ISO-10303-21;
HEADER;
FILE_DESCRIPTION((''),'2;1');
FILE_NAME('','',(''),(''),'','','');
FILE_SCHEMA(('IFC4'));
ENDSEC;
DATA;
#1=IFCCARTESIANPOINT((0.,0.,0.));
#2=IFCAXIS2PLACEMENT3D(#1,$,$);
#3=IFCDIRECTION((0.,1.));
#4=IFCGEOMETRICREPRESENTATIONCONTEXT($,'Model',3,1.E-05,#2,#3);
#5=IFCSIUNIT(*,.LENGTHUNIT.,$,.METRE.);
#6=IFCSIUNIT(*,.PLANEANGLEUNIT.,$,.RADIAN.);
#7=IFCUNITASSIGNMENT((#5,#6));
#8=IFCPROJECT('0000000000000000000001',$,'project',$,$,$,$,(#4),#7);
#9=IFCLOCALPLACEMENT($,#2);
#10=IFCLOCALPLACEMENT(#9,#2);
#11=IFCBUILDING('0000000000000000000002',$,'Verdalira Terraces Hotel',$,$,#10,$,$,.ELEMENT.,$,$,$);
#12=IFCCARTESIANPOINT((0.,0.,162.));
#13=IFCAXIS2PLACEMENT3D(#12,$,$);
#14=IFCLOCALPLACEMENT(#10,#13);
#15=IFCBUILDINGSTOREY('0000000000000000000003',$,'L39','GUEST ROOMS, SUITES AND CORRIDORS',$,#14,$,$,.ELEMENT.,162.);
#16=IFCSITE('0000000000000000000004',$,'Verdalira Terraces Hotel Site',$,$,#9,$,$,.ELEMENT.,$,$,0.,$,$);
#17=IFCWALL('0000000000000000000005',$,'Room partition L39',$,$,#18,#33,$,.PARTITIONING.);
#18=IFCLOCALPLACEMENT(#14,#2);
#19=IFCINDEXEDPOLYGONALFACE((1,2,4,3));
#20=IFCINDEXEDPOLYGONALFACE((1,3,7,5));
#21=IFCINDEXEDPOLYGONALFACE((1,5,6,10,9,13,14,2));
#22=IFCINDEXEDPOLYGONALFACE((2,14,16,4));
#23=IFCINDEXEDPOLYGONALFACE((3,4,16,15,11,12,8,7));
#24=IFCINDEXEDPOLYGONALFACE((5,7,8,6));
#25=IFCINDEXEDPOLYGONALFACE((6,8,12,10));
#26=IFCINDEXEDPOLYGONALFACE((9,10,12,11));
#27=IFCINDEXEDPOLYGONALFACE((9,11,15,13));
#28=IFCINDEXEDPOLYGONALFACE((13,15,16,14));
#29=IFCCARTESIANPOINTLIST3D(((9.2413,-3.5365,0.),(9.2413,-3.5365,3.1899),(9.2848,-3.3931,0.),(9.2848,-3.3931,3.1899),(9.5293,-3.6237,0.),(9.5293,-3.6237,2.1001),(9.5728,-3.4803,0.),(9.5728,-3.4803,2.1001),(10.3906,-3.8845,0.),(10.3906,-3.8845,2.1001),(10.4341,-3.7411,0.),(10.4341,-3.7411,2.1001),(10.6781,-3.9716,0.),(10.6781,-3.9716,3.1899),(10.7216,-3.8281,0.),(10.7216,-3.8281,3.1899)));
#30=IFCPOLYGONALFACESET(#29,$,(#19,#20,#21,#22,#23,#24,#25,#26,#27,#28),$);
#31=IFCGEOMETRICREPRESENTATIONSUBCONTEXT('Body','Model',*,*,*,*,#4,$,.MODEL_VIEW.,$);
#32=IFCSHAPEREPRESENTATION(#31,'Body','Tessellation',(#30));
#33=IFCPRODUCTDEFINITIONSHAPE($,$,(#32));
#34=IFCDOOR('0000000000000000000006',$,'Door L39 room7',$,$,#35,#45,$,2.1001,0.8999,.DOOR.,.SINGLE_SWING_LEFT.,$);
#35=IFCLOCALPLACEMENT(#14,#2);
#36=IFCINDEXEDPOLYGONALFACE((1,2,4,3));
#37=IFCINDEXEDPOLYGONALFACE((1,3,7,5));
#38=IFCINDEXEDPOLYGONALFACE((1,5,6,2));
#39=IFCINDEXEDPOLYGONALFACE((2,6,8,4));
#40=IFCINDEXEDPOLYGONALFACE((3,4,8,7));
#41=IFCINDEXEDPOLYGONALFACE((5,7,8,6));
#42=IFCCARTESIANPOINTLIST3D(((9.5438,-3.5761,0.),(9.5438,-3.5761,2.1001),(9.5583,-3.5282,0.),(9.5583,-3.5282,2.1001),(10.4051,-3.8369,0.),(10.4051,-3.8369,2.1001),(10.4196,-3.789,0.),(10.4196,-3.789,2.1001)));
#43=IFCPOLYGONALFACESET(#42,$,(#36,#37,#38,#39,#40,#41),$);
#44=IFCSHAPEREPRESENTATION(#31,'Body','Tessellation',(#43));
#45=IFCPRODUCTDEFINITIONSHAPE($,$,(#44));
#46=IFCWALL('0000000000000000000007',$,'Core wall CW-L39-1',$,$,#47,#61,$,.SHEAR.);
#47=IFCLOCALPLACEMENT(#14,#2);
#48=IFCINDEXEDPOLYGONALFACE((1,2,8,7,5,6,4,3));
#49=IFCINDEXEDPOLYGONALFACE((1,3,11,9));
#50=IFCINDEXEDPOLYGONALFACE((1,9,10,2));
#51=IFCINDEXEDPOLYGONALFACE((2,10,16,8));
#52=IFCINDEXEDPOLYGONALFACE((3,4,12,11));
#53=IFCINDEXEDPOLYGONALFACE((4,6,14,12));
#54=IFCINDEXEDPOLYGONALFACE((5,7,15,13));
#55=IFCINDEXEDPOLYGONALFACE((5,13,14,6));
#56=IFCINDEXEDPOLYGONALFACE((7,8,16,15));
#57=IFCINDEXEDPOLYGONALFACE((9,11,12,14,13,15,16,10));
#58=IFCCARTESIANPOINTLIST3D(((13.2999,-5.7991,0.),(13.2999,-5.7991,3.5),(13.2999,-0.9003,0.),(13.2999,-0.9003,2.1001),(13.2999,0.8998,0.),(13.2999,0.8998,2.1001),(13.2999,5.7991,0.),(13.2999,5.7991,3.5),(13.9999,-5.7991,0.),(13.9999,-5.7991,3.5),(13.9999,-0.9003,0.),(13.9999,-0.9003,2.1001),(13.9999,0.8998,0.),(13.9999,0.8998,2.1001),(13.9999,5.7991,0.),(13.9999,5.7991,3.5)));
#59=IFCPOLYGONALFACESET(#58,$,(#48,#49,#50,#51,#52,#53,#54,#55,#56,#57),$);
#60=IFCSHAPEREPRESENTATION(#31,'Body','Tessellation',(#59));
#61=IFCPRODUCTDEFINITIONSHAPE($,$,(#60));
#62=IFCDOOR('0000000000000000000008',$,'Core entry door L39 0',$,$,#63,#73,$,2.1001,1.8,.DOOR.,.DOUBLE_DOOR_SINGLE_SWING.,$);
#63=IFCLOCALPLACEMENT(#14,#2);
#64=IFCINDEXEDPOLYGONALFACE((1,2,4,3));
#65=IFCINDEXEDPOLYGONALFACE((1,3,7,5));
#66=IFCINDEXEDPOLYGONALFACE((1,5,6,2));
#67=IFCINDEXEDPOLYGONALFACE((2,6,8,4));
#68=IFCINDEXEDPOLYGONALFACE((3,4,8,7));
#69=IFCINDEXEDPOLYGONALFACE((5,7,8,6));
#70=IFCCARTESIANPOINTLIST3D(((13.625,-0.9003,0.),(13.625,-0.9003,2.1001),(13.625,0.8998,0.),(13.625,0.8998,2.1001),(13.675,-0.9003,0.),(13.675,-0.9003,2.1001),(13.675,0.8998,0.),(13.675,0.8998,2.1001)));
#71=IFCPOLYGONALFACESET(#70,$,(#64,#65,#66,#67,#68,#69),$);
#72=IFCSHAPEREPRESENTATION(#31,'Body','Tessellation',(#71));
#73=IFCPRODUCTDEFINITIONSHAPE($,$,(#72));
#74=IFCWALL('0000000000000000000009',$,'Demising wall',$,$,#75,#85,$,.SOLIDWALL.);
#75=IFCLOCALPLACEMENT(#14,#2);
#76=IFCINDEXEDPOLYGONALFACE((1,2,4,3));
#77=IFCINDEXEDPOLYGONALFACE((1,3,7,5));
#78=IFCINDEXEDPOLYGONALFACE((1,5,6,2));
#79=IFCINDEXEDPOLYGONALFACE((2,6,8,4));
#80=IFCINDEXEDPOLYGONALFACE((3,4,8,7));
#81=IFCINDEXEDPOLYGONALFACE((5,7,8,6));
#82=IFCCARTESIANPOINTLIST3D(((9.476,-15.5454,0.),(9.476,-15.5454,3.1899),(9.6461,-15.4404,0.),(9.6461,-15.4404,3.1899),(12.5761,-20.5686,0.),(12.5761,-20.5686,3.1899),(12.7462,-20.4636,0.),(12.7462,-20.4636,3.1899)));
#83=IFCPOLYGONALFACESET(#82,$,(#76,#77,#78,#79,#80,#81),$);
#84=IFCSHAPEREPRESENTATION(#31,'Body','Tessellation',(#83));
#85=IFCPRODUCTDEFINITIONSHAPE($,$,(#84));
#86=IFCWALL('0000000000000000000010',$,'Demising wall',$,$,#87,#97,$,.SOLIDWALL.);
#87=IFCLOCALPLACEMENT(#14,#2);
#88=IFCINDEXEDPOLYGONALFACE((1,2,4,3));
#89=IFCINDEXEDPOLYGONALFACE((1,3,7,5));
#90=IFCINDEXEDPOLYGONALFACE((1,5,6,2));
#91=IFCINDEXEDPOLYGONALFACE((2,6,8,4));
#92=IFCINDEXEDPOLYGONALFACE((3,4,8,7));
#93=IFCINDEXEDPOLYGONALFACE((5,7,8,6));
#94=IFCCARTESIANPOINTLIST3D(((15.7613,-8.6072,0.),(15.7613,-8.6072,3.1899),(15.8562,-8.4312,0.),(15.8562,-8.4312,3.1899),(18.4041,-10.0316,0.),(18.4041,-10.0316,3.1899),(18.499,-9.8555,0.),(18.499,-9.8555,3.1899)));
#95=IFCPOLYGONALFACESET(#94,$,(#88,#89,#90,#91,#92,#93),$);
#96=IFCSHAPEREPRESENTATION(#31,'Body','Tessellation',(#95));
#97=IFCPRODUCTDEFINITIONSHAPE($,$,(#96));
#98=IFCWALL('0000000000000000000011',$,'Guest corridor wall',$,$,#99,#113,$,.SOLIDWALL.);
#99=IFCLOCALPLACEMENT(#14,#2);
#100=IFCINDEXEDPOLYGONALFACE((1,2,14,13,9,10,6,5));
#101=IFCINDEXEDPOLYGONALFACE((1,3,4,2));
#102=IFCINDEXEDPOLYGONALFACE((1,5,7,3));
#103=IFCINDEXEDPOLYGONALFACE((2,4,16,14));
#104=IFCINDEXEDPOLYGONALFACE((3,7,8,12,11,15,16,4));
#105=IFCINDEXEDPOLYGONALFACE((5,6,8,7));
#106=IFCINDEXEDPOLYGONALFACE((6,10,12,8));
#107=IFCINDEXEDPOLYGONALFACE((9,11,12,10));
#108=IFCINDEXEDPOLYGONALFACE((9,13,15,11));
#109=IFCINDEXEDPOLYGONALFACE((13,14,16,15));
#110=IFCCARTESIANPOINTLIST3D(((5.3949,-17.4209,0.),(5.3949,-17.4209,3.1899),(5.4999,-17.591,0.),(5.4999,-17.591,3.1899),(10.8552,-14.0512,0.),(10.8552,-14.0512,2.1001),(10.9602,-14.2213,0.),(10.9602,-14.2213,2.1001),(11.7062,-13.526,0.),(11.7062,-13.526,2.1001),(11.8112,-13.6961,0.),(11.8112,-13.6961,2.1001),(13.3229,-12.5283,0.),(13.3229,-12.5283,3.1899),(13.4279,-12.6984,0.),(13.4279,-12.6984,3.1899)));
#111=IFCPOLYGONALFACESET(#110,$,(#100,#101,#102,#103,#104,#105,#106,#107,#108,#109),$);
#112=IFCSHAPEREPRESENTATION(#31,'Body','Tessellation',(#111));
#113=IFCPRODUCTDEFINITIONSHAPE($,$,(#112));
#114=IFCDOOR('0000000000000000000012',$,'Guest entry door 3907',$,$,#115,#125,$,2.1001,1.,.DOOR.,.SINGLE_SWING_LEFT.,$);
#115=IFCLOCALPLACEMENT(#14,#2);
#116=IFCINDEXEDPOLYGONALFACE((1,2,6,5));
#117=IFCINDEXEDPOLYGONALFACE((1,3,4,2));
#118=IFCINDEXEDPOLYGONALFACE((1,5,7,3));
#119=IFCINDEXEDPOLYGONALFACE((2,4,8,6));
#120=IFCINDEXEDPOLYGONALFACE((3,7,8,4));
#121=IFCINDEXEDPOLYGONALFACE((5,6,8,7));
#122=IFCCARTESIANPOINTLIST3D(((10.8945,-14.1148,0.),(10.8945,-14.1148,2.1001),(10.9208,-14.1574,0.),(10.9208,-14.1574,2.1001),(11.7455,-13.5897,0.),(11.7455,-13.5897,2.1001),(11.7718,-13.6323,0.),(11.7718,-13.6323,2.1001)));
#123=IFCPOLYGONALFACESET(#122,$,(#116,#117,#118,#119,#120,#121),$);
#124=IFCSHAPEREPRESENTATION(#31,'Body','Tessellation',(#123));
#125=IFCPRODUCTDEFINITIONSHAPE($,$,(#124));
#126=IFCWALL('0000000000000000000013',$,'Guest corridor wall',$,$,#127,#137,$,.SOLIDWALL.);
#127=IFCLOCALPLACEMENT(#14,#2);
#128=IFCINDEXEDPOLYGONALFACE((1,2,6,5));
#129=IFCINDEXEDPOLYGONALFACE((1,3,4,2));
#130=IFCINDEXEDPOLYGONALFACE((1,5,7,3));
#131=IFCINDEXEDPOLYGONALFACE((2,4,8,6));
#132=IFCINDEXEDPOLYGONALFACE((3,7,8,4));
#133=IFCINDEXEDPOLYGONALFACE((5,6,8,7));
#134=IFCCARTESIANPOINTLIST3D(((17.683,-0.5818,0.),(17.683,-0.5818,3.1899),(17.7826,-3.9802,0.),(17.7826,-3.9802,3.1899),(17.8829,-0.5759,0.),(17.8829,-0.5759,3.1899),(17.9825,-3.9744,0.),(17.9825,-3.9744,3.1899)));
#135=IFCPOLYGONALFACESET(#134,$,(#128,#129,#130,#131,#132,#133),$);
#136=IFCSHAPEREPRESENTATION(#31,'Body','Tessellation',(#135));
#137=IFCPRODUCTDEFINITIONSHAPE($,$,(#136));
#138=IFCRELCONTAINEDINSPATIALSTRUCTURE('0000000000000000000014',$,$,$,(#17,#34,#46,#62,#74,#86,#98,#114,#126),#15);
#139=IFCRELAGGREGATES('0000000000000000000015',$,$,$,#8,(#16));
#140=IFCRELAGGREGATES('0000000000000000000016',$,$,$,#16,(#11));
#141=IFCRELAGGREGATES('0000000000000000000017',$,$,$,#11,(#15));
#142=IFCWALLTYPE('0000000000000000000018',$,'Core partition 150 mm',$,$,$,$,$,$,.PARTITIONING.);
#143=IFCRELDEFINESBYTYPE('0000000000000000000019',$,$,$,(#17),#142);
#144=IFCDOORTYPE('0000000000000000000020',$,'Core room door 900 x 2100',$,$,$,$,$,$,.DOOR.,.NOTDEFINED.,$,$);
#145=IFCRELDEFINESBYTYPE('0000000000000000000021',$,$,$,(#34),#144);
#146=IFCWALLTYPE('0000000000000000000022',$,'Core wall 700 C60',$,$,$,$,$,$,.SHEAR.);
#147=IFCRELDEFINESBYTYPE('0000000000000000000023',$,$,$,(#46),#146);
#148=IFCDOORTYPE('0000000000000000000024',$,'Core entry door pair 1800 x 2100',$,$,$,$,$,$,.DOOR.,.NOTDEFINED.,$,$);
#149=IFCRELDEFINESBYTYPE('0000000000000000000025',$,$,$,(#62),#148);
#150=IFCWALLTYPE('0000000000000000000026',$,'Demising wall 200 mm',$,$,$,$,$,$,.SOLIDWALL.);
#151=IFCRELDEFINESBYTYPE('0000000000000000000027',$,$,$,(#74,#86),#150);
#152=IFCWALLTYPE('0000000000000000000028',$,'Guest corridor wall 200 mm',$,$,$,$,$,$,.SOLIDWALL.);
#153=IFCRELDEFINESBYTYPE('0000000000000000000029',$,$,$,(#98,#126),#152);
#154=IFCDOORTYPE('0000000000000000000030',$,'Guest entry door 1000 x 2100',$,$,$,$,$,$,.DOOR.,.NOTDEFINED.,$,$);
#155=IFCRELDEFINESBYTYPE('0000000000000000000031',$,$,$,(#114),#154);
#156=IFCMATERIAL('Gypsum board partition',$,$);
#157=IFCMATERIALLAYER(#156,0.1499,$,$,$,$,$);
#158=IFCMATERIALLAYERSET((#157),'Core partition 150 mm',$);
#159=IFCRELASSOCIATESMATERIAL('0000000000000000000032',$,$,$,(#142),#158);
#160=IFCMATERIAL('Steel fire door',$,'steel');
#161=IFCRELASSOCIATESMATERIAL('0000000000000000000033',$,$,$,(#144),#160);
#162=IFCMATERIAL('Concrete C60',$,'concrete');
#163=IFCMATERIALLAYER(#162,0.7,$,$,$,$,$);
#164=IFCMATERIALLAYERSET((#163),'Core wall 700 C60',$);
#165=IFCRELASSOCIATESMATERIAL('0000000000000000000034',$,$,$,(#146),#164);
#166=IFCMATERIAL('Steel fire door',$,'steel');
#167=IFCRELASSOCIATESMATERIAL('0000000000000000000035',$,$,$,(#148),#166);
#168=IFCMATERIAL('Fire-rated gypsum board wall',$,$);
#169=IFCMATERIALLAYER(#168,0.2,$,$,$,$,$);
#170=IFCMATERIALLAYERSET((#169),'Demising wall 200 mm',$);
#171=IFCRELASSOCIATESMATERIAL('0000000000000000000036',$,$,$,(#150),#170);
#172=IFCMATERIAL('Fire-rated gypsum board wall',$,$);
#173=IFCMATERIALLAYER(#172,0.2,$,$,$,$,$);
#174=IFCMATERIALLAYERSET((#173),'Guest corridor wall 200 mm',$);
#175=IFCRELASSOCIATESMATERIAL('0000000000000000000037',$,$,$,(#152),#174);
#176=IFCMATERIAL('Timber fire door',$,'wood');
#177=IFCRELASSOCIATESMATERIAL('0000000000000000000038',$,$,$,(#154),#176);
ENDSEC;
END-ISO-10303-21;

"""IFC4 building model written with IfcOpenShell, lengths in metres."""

from ifc_helpers import new_model, si_unit, direction, frame, frame_2d, origin, place, context, subcontext, project, spatial, rectangle, extrude, material, layer, layer_set, type_object, element, fill, save


model = new_model("IFC4")

# Units and contexts
model_context = context("Model", 3, precision=1e-05, world=origin(), true_north=direction((0.0, 1.0)))
body_context = subcontext(model_context, "Body", "Model", "MODEL_VIEW")
ifc_project = project(units=[si_unit("LENGTHUNIT", "METRE"), si_unit("PLANEANGLEUNIT", "RADIAN")], contexts=[model_context])

# Site, building, storey
site_placement = place(None, origin())
site = spatial("IfcSite", under=ifc_project, at=site_placement, Name="Verdalira Terraces Hotel Site", CompositionType="ELEMENT", RefElevation=0.0)
building_placement = place(site_placement, origin())
building = spatial("IfcBuilding", under=site, at=building_placement, Name="Verdalira Terraces Hotel", CompositionType="ELEMENT")
storey_placement = place(building_placement, frame((0.0, 0.0, 162.0)))
storey = spatial("IfcBuildingStorey", under=building, at=storey_placement, Name="L39", Description="GUEST ROOMS, SUITES AND CORRIDORS", CompositionType="ELEMENT", Elevation=162.0)

# Walls, openings, doors
ifc_material_1 = material(Name="Gypsum board partition")
ifc_layer_1 = layer(ifc_material_1, 0.1499)
ifc_layer_set_1 = layer_set([ifc_layer_1], Name="Core partition 150 mm")
wall_type_1 = type_object("IfcWallType", Name="Core partition 150 mm", PredefinedType="PARTITIONING", material=ifc_layer_set_1)
wall_1_placement = place(storey_placement, frame((9.2632, -3.4648, 0.0), z_axis=(0.0, 0.0, 1.0), x_axis=(0.957085, -0.289809, 0.0)))
wall_1 = element("IfcWall", 1, at=wall_1_placement, inside=storey, type_object=wall_type_1, Name="Room partition L39", PredefinedType="PARTITIONING", context=body_context, shape_type="SweptSolid", body=[
    extrude(rectangle(XDim=1.5012, YDim=0.1499, at=frame_2d((0.7505, 0.0))), origin(), (0.0, 0.0, 1.0), 3.1899),
])
opening_1_placement = place(wall_1_placement, frame((0.3008, 0.0, 0.0)))
opening_1 = element("IfcOpeningElement", 2, at=opening_1_placement, cuts=wall_1, PredefinedType="OPENING", context=body_context, shape_type="SweptSolid", body=[
    extrude(rectangle(XDim=0.8999, YDim=2.1001, at=frame_2d((0.45, 1.05))), frame((0.0, 0.085, 0.0), z_axis=(0.0, -1.0, 0.0), x_axis=(1.0, 0.0, 0.0)), (0.0, 0.0, 1.0), 0.1699),
])
ifc_material_2 = material(Name="Steel fire door", Category="steel")
door_type_1 = type_object("IfcDoorType", Name="Core room door 900 x 2100", OperationType="NOTDEFINED", PredefinedType="DOOR", material=ifc_material_2)
door_1_placement = place(opening_1_placement, origin())
door_1 = element("IfcDoor", 3, at=door_1_placement, inside=storey, type_object=door_type_1, Name="Door L39 room7", OperationType="SINGLE_SWING_LEFT", OverallHeight=2.1001, OverallWidth=0.8999, PredefinedType="DOOR", context=body_context, shape_type="SweptSolid", body=[
    extrude(rectangle(XDim=0.8999, YDim=2.1001, at=frame_2d((0.45, 1.05))), frame((0.0, 0.0249, 0.0), z_axis=(0.0, -1.0, 0.0), x_axis=(1.0, 0.0, 0.0)), (0.0, 0.0, 1.0), 0.05),
])
fill(opening_1, door_1)
ifc_material_3 = material(Name="Concrete C60", Category="concrete")
ifc_layer_2 = layer(ifc_material_3, 0.7)
ifc_layer_set_2 = layer_set([ifc_layer_2], Name="Core wall 700 C60")
wall_type_2 = type_object("IfcWallType", Name="Core wall 700 C60", PredefinedType="SHEAR", material=ifc_layer_set_2)
wall_2_placement = place(storey_placement, frame((13.6499, -5.7991, 0.0), z_axis=(0.0, 0.0, 1.0), x_axis=(0.0, 1.0, 0.0)))
wall_2 = element("IfcWall", 4, at=wall_2_placement, inside=storey, type_object=wall_type_2, Name="Core wall CW-L39-1", PredefinedType="SHEAR", context=body_context, shape_type="SweptSolid", body=[
    extrude(rectangle(XDim=11.5981, YDim=0.7, at=frame_2d((5.7991, 0.0))), origin(), (0.0, 0.0, 1.0), 3.5),
])
opening_2_placement = place(wall_2_placement, frame((4.8989, 0.0, 0.0)))
opening_2 = element("IfcOpeningElement", 5, at=opening_2_placement, cuts=wall_2, PredefinedType="OPENING", context=body_context, shape_type="SweptSolid", body=[
    extrude(rectangle(XDim=1.8, YDim=2.1001, at=frame_2d((0.8999, 1.05))), frame((0.0, 0.3599, 0.0), z_axis=(0.0, -1.0, 0.0), x_axis=(1.0, 0.0, 0.0)), (0.0, 0.0, 1.0), 0.72),
])
ifc_material_4 = material(Name="Steel fire door", Category="steel")
door_type_2 = type_object("IfcDoorType", Name="Core entry door pair 1800 x 2100", OperationType="NOTDEFINED", PredefinedType="DOOR", material=ifc_material_4)
door_2_placement = place(opening_2_placement, origin())
door_2 = element("IfcDoor", 6, at=door_2_placement, inside=storey, type_object=door_type_2, Name="Core entry door L39 0", OperationType="DOUBLE_DOOR_SINGLE_SWING", OverallHeight=2.1001, OverallWidth=1.8, PredefinedType="DOOR", context=body_context, shape_type="SweptSolid", body=[
    extrude(rectangle(XDim=1.8, YDim=2.1001, at=frame_2d((0.8999, 1.05))), frame((0.0, 0.0249, 0.0), z_axis=(0.0, -1.0, 0.0), x_axis=(1.0, 0.0, 0.0)), (0.0, 0.0, 1.0), 0.05),
])
fill(opening_2, door_2)

# Walls
ifc_material_5 = material(Name="Fire-rated gypsum board wall")
ifc_layer_3 = layer(ifc_material_5, 0.2)
ifc_layer_set_3 = layer_set([ifc_layer_3], Name="Demising wall 200 mm")
wall_type_3 = type_object("IfcWallType", Name="Demising wall 200 mm", PredefinedType="SOLIDWALL", material=ifc_layer_set_3)
wall_3_placement = place(storey_placement, frame((9.561, -15.4929, 0.0), z_axis=(0.0, 0.0, 1.0), x_axis=(0.525191, -0.850984, 0.0)))
element("IfcWall", 7, at=wall_3_placement, inside=storey, type_object=wall_type_3, Name="Demising wall", PredefinedType="SOLIDWALL", context=body_context, shape_type="SweptSolid", body=[
    extrude(rectangle(XDim=5.9028, YDim=0.2, at=frame_2d((2.9514, 0.0))), origin(), (0.0, 0.0, 1.0), 3.1899),
])
wall_4_placement = place(storey_placement, frame((15.8088, -8.5193, 0.0), z_axis=(0.0, 0.0, 1.0), x_axis=(0.880296, -0.474425, 0.0)))
element("IfcWall", 8, at=wall_4_placement, inside=storey, type_object=wall_type_3, Name="Demising wall", PredefinedType="SOLIDWALL", context=body_context, shape_type="SweptSolid", body=[
    extrude(rectangle(XDim=3.0022, YDim=0.2, at=frame_2d((1.501, 0.0))), origin(), (0.0, 0.0, 1.0), 3.1899),
])

# Wall, opening, door
ifc_material_6 = material(Name="Fire-rated gypsum board wall")
ifc_layer_4 = layer(ifc_material_6, 0.2)
ifc_layer_set_4 = layer_set([ifc_layer_4], Name="Guest corridor wall 200 mm")
wall_type_4 = type_object("IfcWallType", Name="Guest corridor wall 200 mm", PredefinedType="SOLIDWALL", material=ifc_layer_set_4)
wall_5_placement = place(storey_placement, frame((13.3755, -12.6133, 0.0), z_axis=(0.0, 0.0, 1.0), x_axis=(-0.850995, -0.525173, 0.0)))
wall_5 = element("IfcWall", 9, at=wall_5_placement, inside=storey, type_object=wall_type_4, Name="Guest corridor wall", PredefinedType="SOLIDWALL", context=body_context, shape_type="SweptSolid", body=[
    extrude(rectangle(XDim=9.3162, YDim=0.2, at=frame_2d((4.6582, 0.0))), origin(), (0.0, 0.0, 1.0), 3.1899),
])
opening_3_placement = place(wall_5_placement, frame((1.8999, 0.0, 0.0)))
opening_3 = element("IfcOpeningElement", 10, at=opening_3_placement, cuts=wall_5, PredefinedType="OPENING", context=body_context, shape_type="SweptSolid", body=[
    extrude(rectangle(XDim=1.0, YDim=2.1001, at=frame_2d((0.5, 1.05))), frame((0.0, 0.1099, 0.0), z_axis=(0.0, -1.0, 0.0), x_axis=(1.0, 0.0, 0.0)), (0.0, 0.0, 1.0), 0.22),
])
ifc_material_7 = material(Name="Timber fire door", Category="wood")
door_type_3 = type_object("IfcDoorType", Name="Guest entry door 1000 x 2100", OperationType="NOTDEFINED", PredefinedType="DOOR", material=ifc_material_7)
door_3_placement = place(opening_3_placement, origin())
door_3 = element("IfcDoor", 11, at=door_3_placement, inside=storey, type_object=door_type_3, Name="Guest entry door 3907", OperationType="SINGLE_SWING_LEFT", OverallHeight=2.1001, OverallWidth=1.0, PredefinedType="DOOR", context=body_context, shape_type="SweptSolid", body=[
    extrude(rectangle(XDim=1.0, YDim=2.1001, at=frame_2d((0.5, 1.05))), frame((0.0, 0.0249, 0.0), z_axis=(0.0, -1.0, 0.0), x_axis=(1.0, 0.0, 0.0)), (0.0, 0.0, 1.0), 0.05),
])
fill(opening_3, door_3)

# Wall
wall_6_placement = place(storey_placement, frame((17.8826, -3.9773, 0.0), z_axis=(0.0, 0.0, 1.0), x_axis=(-0.029298, 0.999571, 0.0)))
element("IfcWall", 12, at=wall_6_placement, inside=storey, type_object=wall_type_4, Name="Guest corridor wall", PredefinedType="SOLIDWALL", context=body_context, shape_type="SweptSolid", body=[
    extrude(rectangle(XDim=3.3999, YDim=0.2, at=frame_2d((1.7, 0.0))), origin(), (0.0, 0.0, 1.0), 3.1899),
])

save(model, "model.ifc")
